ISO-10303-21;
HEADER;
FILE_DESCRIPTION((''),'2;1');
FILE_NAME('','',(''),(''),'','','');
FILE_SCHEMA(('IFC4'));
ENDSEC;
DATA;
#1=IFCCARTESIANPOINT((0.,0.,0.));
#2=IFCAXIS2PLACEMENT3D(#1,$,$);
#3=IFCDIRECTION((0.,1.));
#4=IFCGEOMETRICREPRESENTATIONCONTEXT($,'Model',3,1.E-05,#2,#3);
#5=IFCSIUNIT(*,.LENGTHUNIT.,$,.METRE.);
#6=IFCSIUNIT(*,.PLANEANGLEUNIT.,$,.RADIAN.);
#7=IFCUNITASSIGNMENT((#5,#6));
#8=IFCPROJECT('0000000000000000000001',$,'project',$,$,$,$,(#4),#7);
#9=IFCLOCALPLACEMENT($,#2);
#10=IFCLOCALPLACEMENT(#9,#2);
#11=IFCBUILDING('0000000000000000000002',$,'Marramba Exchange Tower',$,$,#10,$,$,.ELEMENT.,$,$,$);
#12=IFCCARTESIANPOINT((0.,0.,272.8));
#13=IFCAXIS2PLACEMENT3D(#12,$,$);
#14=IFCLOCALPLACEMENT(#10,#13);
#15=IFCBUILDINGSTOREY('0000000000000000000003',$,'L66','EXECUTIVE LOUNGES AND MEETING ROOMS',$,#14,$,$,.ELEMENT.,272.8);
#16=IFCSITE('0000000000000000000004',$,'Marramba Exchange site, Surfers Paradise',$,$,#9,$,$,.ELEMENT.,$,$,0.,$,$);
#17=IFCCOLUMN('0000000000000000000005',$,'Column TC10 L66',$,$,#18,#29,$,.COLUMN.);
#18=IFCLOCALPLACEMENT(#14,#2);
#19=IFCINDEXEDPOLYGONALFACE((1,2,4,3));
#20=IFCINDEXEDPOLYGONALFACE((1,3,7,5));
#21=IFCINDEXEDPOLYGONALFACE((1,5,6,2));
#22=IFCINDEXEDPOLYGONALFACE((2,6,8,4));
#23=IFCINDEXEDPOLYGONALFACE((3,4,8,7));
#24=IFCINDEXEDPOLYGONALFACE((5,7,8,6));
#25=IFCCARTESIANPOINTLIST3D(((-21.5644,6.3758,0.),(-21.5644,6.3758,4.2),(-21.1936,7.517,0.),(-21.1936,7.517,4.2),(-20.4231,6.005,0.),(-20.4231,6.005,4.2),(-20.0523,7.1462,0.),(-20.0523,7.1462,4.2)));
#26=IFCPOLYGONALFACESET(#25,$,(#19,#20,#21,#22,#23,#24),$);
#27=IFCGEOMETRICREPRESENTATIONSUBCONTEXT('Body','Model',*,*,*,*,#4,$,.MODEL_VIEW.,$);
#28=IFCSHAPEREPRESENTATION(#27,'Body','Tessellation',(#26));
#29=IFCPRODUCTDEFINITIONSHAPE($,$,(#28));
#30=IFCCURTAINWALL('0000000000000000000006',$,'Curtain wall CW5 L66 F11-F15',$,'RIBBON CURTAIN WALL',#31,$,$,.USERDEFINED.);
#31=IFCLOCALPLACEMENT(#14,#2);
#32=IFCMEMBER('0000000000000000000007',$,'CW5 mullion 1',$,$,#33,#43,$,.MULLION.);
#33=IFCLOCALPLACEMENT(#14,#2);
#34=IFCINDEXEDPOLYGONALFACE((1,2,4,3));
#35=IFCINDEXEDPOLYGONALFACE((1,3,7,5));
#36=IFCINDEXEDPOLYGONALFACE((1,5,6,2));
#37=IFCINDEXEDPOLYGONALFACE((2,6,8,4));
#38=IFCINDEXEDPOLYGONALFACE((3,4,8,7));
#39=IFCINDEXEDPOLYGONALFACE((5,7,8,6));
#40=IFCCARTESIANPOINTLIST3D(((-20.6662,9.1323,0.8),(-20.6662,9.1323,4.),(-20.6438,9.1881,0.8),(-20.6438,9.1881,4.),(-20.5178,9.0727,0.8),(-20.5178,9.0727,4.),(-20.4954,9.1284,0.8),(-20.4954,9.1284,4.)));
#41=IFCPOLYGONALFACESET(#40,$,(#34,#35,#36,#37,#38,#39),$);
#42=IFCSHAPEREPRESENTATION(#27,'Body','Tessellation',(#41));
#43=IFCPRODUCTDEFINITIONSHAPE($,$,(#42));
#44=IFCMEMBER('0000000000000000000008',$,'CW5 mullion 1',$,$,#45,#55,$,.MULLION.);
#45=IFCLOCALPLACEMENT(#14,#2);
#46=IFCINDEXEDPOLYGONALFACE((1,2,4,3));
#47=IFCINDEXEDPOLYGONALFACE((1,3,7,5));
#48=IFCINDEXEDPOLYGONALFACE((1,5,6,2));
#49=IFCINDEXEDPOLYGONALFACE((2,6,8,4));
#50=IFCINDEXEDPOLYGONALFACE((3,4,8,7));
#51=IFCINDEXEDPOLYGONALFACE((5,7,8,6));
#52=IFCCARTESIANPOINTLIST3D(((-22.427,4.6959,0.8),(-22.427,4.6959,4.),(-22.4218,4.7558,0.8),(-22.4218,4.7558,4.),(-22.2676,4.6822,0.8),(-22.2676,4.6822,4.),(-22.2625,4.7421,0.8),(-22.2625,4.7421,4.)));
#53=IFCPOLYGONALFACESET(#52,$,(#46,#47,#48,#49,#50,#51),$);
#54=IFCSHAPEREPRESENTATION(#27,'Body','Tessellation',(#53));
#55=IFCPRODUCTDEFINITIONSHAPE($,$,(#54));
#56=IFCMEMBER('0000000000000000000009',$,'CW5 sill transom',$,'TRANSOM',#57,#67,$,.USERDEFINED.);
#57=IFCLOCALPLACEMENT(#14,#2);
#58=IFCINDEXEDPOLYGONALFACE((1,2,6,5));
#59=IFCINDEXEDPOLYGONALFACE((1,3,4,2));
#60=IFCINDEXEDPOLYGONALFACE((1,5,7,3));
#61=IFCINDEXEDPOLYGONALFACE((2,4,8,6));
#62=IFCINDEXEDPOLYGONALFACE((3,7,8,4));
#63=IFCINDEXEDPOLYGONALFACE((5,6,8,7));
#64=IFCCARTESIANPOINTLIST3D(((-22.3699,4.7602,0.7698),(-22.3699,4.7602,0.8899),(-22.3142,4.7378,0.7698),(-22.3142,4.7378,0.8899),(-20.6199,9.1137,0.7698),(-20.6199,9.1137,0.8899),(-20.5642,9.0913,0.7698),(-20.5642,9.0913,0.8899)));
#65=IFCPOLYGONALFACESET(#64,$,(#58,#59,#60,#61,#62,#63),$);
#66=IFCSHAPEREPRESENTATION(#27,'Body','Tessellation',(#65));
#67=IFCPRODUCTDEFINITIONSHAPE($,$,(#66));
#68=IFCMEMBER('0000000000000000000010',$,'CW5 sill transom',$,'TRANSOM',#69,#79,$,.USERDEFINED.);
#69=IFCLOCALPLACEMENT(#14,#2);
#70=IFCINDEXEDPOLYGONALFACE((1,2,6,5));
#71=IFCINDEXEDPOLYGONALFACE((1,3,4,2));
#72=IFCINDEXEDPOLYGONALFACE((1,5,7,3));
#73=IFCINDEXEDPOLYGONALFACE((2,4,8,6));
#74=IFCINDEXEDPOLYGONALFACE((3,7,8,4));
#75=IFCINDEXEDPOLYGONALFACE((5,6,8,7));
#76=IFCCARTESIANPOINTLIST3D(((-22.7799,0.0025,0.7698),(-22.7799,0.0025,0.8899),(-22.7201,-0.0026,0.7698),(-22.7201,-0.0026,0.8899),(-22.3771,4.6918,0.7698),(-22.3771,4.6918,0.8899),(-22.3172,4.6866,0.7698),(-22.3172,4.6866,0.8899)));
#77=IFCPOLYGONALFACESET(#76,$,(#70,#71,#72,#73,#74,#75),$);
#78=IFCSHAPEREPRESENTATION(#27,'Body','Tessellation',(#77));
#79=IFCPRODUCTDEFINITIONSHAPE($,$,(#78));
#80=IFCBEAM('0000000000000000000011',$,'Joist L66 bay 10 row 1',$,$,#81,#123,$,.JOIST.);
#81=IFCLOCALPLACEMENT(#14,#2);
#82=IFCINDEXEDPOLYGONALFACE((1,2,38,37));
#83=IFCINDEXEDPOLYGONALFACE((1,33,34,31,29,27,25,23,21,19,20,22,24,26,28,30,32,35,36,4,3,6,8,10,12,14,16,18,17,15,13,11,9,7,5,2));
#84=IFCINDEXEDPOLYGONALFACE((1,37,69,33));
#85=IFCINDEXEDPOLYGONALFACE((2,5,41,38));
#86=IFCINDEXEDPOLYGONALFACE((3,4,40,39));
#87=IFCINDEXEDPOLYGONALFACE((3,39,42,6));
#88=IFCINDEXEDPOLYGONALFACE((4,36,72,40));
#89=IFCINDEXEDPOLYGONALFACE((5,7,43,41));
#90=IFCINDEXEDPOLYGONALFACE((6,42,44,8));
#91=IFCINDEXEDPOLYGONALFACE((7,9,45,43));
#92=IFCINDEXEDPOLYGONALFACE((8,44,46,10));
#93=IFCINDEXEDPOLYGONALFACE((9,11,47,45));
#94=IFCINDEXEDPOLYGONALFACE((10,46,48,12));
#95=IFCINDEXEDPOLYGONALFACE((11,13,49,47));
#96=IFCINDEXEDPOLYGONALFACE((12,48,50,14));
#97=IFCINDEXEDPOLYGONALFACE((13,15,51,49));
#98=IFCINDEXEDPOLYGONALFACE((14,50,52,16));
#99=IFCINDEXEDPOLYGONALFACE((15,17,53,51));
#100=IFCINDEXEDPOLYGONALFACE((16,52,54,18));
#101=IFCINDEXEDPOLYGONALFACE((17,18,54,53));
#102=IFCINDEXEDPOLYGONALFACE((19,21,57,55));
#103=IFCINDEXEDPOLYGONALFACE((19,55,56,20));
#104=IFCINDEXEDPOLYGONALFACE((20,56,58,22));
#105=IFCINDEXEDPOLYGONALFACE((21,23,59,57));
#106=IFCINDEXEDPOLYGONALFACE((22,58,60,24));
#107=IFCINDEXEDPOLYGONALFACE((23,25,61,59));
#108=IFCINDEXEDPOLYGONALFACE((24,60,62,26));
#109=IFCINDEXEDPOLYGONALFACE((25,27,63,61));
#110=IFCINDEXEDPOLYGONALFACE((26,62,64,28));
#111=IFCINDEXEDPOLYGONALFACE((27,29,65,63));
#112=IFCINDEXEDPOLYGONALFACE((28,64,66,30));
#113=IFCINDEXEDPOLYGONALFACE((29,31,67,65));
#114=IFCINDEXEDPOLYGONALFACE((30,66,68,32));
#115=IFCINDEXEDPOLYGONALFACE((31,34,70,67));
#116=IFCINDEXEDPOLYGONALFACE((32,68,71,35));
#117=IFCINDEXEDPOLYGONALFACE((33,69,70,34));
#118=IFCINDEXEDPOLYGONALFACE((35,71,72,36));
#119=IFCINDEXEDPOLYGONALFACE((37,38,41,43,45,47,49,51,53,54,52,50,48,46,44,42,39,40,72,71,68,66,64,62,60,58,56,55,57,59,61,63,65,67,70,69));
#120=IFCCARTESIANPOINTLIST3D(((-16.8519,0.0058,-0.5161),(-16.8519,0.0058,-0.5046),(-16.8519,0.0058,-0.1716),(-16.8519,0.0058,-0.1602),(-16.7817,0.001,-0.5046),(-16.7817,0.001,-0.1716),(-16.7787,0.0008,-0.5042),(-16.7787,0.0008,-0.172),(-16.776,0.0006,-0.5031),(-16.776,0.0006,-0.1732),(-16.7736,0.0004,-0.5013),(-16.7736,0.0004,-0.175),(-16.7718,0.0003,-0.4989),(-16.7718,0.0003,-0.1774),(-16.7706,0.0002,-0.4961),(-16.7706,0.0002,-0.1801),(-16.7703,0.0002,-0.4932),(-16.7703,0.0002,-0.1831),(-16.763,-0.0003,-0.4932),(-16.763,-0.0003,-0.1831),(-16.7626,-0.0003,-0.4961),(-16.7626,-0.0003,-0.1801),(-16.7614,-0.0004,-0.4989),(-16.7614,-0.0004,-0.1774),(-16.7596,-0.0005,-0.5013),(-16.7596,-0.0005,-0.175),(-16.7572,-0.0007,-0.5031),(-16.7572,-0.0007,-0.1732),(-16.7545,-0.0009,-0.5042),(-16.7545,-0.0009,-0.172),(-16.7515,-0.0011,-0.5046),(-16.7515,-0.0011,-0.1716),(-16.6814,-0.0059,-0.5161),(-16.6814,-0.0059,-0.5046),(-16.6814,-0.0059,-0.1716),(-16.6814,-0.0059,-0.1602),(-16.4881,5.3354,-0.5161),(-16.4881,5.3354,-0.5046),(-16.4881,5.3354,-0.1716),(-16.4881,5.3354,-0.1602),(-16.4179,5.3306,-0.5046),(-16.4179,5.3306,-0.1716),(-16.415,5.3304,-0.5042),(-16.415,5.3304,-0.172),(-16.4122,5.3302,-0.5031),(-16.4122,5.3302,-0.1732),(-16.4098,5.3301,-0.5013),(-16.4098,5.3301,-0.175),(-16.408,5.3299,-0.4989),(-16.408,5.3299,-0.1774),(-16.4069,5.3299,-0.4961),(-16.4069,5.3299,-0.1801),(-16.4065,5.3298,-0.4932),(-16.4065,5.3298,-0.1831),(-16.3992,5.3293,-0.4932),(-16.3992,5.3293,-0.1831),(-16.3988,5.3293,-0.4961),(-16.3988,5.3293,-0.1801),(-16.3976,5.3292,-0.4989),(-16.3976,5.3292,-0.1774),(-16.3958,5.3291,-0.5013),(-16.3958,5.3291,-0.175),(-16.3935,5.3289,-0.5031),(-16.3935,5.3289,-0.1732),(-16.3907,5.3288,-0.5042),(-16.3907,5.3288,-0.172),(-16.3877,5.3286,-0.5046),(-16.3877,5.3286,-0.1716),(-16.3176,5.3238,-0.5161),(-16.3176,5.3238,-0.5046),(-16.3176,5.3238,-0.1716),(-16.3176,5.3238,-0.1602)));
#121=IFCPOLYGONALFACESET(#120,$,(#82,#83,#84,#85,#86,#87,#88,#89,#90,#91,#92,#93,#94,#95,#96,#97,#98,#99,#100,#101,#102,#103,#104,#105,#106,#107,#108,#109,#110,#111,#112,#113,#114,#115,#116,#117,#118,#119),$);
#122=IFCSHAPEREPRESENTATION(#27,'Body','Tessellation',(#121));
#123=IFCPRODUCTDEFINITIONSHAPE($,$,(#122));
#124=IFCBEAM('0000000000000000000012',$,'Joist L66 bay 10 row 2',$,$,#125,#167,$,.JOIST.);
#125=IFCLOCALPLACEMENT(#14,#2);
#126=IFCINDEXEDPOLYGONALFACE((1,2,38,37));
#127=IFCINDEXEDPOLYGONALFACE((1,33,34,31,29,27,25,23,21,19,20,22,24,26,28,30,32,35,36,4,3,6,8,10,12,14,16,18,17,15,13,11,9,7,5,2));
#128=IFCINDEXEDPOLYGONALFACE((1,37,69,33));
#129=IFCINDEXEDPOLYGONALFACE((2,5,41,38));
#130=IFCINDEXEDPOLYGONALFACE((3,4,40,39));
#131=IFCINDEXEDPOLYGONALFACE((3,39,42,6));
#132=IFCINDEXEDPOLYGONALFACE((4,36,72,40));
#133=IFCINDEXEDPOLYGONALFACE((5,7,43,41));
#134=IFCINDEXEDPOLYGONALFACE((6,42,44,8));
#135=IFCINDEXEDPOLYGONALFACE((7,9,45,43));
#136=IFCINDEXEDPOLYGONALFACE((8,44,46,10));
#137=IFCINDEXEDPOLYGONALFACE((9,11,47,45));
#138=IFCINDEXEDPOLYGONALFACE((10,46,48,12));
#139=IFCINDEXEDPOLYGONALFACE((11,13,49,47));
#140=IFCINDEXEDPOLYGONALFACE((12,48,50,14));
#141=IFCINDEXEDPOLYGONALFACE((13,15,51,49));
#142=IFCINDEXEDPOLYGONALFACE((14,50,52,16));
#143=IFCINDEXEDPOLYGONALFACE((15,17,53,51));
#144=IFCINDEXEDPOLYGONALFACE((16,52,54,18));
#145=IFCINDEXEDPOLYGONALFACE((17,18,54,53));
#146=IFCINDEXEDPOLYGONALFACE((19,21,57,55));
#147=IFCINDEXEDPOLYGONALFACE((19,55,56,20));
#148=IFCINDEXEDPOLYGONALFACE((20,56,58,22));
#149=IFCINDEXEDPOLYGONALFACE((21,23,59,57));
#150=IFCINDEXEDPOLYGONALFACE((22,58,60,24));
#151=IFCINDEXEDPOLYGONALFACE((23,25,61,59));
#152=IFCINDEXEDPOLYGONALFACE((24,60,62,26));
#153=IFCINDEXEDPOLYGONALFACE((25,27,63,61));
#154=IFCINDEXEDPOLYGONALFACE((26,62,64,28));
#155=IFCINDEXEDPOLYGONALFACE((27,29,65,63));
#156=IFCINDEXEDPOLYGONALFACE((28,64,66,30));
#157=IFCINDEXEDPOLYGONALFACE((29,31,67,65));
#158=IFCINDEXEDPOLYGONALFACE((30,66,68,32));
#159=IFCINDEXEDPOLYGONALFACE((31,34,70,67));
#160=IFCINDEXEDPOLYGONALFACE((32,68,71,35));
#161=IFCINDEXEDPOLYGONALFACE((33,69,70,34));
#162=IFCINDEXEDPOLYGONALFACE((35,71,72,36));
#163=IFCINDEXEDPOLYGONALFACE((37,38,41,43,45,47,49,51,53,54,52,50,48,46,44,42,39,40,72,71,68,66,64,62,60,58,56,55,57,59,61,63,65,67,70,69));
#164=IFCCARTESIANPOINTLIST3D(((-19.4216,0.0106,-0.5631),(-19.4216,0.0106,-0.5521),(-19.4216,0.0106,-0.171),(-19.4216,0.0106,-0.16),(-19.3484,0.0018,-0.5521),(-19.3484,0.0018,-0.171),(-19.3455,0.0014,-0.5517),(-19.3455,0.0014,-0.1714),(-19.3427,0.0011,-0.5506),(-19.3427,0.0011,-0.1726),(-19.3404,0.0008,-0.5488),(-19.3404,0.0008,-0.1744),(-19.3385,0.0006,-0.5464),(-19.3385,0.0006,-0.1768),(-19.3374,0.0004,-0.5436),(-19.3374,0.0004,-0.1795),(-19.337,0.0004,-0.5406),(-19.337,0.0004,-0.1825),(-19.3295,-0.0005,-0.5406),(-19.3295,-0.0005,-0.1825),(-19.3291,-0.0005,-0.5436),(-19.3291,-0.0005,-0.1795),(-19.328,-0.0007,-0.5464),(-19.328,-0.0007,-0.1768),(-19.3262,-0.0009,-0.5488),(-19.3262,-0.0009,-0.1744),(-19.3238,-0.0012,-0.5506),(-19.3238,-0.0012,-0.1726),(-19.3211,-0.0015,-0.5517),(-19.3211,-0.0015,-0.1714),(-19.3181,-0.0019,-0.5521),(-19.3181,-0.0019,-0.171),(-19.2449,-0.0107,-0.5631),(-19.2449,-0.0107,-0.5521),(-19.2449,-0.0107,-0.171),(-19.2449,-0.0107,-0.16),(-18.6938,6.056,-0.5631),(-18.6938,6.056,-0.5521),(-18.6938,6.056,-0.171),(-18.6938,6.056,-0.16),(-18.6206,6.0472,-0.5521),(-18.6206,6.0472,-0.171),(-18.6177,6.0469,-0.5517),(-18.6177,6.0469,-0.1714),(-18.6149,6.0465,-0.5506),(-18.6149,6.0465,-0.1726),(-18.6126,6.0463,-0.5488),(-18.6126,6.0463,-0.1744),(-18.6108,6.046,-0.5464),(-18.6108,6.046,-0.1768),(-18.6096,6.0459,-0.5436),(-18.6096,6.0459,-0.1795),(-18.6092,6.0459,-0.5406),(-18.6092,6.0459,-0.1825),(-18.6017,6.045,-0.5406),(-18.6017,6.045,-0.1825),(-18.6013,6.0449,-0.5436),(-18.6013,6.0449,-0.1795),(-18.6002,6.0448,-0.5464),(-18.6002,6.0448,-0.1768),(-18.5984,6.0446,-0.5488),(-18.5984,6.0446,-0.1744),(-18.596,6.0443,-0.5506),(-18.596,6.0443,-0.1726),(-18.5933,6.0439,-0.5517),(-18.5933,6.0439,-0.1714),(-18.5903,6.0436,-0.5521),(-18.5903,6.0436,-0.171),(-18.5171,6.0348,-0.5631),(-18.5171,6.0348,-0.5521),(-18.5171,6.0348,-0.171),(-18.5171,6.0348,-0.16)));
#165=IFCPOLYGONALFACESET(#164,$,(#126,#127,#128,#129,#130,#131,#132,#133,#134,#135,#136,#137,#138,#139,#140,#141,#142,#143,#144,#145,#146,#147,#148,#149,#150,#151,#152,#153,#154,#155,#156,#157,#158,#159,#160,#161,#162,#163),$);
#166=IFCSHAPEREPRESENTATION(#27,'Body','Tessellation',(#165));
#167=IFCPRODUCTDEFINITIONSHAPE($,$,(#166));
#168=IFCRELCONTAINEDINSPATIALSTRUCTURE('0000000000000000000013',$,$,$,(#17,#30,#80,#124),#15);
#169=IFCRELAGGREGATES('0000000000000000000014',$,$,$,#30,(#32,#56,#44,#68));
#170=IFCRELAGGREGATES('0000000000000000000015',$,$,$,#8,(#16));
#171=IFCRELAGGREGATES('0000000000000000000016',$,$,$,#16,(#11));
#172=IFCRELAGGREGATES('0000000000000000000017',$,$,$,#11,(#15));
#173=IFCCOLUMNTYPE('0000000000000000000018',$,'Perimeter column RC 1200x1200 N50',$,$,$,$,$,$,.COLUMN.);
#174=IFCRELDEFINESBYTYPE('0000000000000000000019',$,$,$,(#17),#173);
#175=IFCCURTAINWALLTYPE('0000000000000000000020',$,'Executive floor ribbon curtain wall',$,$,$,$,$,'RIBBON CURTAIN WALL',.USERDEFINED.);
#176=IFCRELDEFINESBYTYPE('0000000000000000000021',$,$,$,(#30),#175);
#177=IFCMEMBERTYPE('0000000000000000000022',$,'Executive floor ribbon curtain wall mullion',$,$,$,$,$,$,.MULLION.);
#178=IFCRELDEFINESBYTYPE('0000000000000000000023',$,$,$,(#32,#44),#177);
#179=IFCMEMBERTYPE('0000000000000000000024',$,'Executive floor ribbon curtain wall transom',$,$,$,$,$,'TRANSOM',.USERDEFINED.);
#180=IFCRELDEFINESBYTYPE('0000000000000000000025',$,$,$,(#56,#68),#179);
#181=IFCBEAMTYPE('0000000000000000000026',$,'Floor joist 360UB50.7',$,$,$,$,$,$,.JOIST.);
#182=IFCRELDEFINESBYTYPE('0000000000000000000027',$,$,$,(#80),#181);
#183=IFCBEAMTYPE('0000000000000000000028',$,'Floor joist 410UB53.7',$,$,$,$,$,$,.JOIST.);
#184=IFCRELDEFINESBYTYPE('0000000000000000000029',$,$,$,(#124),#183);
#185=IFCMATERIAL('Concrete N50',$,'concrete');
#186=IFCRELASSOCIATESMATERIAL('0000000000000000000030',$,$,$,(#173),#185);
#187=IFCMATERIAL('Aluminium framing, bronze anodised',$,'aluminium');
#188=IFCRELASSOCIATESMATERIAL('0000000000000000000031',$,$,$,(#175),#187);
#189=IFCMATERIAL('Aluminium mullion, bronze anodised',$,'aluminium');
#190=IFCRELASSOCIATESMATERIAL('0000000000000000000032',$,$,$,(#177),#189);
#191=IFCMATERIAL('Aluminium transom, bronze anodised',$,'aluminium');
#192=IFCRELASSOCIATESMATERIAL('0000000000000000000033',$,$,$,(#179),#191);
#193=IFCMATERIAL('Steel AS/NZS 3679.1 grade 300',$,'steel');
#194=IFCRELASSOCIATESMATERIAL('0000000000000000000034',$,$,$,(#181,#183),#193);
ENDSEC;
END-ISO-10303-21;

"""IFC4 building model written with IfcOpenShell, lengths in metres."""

from ifc_helpers import new_model, si_unit, direction, frame, origin, origin_2d, place, context, subcontext, project, spatial, rectangle, i_section, extrude, material, material_profile, profile_set, type_object, element, aggregate, save


model = new_model("IFC4")

# Units and contexts
model_context = context("Model", 3, precision=1e-05, world=origin(), true_north=direction((0.0, 1.0)))
body_context = subcontext(model_context, "Body", "Model", "MODEL_VIEW")
ifc_project = project(units=[si_unit("LENGTHUNIT", "METRE"), si_unit("PLANEANGLEUNIT", "RADIAN")], contexts=[model_context])

# Site, building, storey
site_placement = place(None, origin())
site = spatial("IfcSite", under=ifc_project, at=site_placement, Name="Marramba Exchange site, Surfers Paradise", CompositionType="ELEMENT", RefElevation=0.0)
building_placement = place(site_placement, origin())
building = spatial("IfcBuilding", under=site, at=building_placement, Name="Marramba Exchange Tower", CompositionType="ELEMENT")
storey_placement = place(building_placement, frame((0.0, 0.0, 272.8)))
storey = spatial("IfcBuildingStorey", under=building, at=storey_placement, Name="L66", Description="EXECUTIVE LOUNGES AND MEETING ROOMS", CompositionType="ELEMENT", Elevation=272.8)

# Column
ifc_material_1 = material(Name="Concrete N50", Category="concrete")
ifc_material_profile_1 = material_profile(ifc_material_1, rectangle(XDim=1.2, YDim=1.2, at=origin_2d()), Name="RC 1200x1200")
ifc_profile_set_1 = profile_set([ifc_material_profile_1], Name="Concrete N50")
column_type = type_object("IfcColumnType", Name="Perimeter column RC 1200x1200 N50", PredefinedType="COLUMN", material=ifc_profile_set_1)
column_placement = place(storey_placement, frame((-20.8083, 6.761, 0.0), z_axis=(0.0, 0.0, 1.0), x_axis=(-0.951057, 0.309017, 0.0)))
element("IfcColumn", 1, at=column_placement, inside=storey, type_object=column_type, Name="Column TC10 L66", PredefinedType="COLUMN", context=body_context, shape_type="SweptSolid", body=[
    extrude(rectangle(XDim=1.2, YDim=1.2, at=origin_2d()), origin(), (0.0, 0.0, 1.0), 4.2),
])

# Curtain wall, members
ifc_material_2 = material(Name="Aluminium framing, bronze anodised", Category="aluminium")
curtain_wall_type = type_object("IfcCurtainWallType", Name="Executive floor ribbon curtain wall", ElementType="RIBBON CURTAIN WALL", PredefinedType="USERDEFINED", material=ifc_material_2)
curtain_wall_placement = place(storey_placement, origin())
curtain_wall = element("IfcCurtainWall", 2, at=curtain_wall_placement, inside=storey, type_object=curtain_wall_type, Name="Curtain wall CW5 L66 F11-F15", ObjectType="RIBBON CURTAIN WALL", PredefinedType="USERDEFINED")
ifc_material_3 = material(Name="Aluminium mullion, bronze anodised", Category="aluminium")
ifc_material_profile_2 = material_profile(ifc_material_3, rectangle(XDim=0.1599, YDim=0.0601, at=origin_2d()), Name="CW5 mullion 60x160")
ifc_profile_set_2 = profile_set([ifc_material_profile_2], Name="Aluminium mullion, bronze anodised")
member_type_1 = type_object("IfcMemberType", Name="Executive floor ribbon curtain wall mullion", PredefinedType="MULLION", material=ifc_profile_set_2)
member_1_placement = place(storey_placement, frame((-20.5808, 9.1304, 0.8), z_axis=(0.0, 0.0, 1.0), x_axis=(0.927838, -0.372983, 0.0)))
member_1 = element("IfcMember", 3, at=member_1_placement, type_object=member_type_1, Name="CW5 mullion 1", PredefinedType="MULLION", context=body_context, shape_type="SweptSolid", body=[
    extrude(rectangle(XDim=0.1599, YDim=0.0601, at=origin_2d()), origin(), (0.0, 0.0, 1.0), 3.2),
])
member_2_placement = place(storey_placement, frame((-22.3447, 4.719, 0.8), z_axis=(0.0, 0.0, 1.0), x_axis=(0.996332, -0.085574, 0.0)))
member_2 = element("IfcMember", 4, at=member_2_placement, type_object=member_type_1, Name="CW5 mullion 1", PredefinedType="MULLION", context=body_context, shape_type="SweptSolid", body=[
    extrude(rectangle(XDim=0.1599, YDim=0.0601, at=origin_2d()), origin(), (0.0, 0.0, 1.0), 3.2),
])
ifc_material_4 = material(Name="Aluminium transom, bronze anodised", Category="aluminium")
ifc_material_profile_3 = material_profile(ifc_material_4, rectangle(XDim=0.0601, YDim=0.1201, at=origin_2d()), Name="CW5 transom 60x120")
ifc_profile_set_3 = profile_set([ifc_material_profile_3], Name="Aluminium transom, bronze anodised")
member_type_2 = type_object("IfcMemberType", Name="Executive floor ribbon curtain wall transom", ElementType="TRANSOM", PredefinedType="USERDEFINED", material=ifc_profile_set_3)
member_3_placement = place(storey_placement, frame((-20.592, 9.1025, 0.8298), z_axis=(-0.372969, -0.927844, 0.0), x_axis=(0.927844, -0.372969, 0.0)))
member_3 = element("IfcMember", 5, at=member_3_placement, type_object=member_type_2, Name="CW5 sill transom", ObjectType="TRANSOM", PredefinedType="USERDEFINED", context=body_context, shape_type="SweptSolid", body=[
    extrude(rectangle(XDim=0.0601, YDim=0.1201, at=origin_2d()), origin(), (0.0, 0.0, 1.0), 4.6921),
])
member_4_placement = place(storey_placement, frame((-22.3472, 4.6892, 0.8298), z_axis=(-0.085591, -0.99633, 0.0), x_axis=(0.99633, -0.085591, 0.0)))
member_4 = element("IfcMember", 6, at=member_4_placement, type_object=member_type_2, Name="CW5 sill transom", ObjectType="TRANSOM", PredefinedType="USERDEFINED", context=body_context, shape_type="SweptSolid", body=[
    extrude(rectangle(XDim=0.0601, YDim=0.1201, at=origin_2d()), origin(), (0.0, 0.0, 1.0), 4.7065),
])

# Beams
ifc_material_5 = material(Name="Steel AS/NZS 3679.1 grade 300", Category="steel")
ifc_material_profile_4 = material_profile(ifc_material_5, i_section(OverallWidth=0.1709, OverallDepth=0.356, WebThickness=0.0073, FlangeThickness=0.0115, FilletRadius=0.0115, at=origin_2d()), Name="360UB50.7")
ifc_profile_set_4 = profile_set([ifc_material_profile_4], Name="Steel AS/NZS 3679.1 grade 300")
beam_type_1 = type_object("IfcBeamType", Name="Floor joist 360UB50.7", PredefinedType="JOIST", material=ifc_profile_set_4)
beam_1_placement = place(storey_placement, frame((-16.4028, 5.3296, -0.3381), z_axis=(-0.068096, -0.997679, 0.0), x_axis=(0.997679, -0.068096, 0.0)))
element("IfcBeam", 7, at=beam_1_placement, inside=storey, type_object=beam_type_1, Name="Joist L66 bay 10 row 1", PredefinedType="JOIST", context=body_context, shape_type="SweptSolid", body=[
    extrude(i_section(OverallWidth=0.1709, OverallDepth=0.356, WebThickness=0.0073, FlangeThickness=0.0115, FilletRadius=0.0115, at=origin_2d()), origin(), (0.0, 0.0, 1.0), 5.342),
])
ifc_material_profile_5 = material_profile(ifc_material_5, i_section(OverallWidth=0.178, OverallDepth=0.4031, WebThickness=0.0076, FlangeThickness=0.011, FilletRadius=0.0115, at=origin_2d()), Name="410UB53.7")
ifc_profile_set_5 = profile_set([ifc_material_profile_5], Name="Steel AS/NZS 3679.1 grade 300")
beam_type_2 = type_object("IfcBeamType", Name="Floor joist 410UB53.7", PredefinedType="JOIST", material=ifc_profile_set_5)
beam_2_placement = place(storey_placement, frame((-18.6055, 6.0454, -0.3616), z_axis=(-0.119523, -0.992831, 0.0), x_axis=(0.992831, -0.119523, 0.0)))
element("IfcBeam", 8, at=beam_2_placement, inside=storey, type_object=beam_type_2, Name="Joist L66 bay 10 row 2", PredefinedType="JOIST", context=body_context, shape_type="SweptSolid", body=[
    extrude(i_section(OverallWidth=0.178, OverallDepth=0.4031, WebThickness=0.0076, FlangeThickness=0.011, FilletRadius=0.0115, at=origin_2d()), origin(), (0.0, 0.0, 1.0), 6.0891),
])

aggregate(curtain_wall, [member_1, member_3, member_2, member_4])

save(model, "model.ifc")
